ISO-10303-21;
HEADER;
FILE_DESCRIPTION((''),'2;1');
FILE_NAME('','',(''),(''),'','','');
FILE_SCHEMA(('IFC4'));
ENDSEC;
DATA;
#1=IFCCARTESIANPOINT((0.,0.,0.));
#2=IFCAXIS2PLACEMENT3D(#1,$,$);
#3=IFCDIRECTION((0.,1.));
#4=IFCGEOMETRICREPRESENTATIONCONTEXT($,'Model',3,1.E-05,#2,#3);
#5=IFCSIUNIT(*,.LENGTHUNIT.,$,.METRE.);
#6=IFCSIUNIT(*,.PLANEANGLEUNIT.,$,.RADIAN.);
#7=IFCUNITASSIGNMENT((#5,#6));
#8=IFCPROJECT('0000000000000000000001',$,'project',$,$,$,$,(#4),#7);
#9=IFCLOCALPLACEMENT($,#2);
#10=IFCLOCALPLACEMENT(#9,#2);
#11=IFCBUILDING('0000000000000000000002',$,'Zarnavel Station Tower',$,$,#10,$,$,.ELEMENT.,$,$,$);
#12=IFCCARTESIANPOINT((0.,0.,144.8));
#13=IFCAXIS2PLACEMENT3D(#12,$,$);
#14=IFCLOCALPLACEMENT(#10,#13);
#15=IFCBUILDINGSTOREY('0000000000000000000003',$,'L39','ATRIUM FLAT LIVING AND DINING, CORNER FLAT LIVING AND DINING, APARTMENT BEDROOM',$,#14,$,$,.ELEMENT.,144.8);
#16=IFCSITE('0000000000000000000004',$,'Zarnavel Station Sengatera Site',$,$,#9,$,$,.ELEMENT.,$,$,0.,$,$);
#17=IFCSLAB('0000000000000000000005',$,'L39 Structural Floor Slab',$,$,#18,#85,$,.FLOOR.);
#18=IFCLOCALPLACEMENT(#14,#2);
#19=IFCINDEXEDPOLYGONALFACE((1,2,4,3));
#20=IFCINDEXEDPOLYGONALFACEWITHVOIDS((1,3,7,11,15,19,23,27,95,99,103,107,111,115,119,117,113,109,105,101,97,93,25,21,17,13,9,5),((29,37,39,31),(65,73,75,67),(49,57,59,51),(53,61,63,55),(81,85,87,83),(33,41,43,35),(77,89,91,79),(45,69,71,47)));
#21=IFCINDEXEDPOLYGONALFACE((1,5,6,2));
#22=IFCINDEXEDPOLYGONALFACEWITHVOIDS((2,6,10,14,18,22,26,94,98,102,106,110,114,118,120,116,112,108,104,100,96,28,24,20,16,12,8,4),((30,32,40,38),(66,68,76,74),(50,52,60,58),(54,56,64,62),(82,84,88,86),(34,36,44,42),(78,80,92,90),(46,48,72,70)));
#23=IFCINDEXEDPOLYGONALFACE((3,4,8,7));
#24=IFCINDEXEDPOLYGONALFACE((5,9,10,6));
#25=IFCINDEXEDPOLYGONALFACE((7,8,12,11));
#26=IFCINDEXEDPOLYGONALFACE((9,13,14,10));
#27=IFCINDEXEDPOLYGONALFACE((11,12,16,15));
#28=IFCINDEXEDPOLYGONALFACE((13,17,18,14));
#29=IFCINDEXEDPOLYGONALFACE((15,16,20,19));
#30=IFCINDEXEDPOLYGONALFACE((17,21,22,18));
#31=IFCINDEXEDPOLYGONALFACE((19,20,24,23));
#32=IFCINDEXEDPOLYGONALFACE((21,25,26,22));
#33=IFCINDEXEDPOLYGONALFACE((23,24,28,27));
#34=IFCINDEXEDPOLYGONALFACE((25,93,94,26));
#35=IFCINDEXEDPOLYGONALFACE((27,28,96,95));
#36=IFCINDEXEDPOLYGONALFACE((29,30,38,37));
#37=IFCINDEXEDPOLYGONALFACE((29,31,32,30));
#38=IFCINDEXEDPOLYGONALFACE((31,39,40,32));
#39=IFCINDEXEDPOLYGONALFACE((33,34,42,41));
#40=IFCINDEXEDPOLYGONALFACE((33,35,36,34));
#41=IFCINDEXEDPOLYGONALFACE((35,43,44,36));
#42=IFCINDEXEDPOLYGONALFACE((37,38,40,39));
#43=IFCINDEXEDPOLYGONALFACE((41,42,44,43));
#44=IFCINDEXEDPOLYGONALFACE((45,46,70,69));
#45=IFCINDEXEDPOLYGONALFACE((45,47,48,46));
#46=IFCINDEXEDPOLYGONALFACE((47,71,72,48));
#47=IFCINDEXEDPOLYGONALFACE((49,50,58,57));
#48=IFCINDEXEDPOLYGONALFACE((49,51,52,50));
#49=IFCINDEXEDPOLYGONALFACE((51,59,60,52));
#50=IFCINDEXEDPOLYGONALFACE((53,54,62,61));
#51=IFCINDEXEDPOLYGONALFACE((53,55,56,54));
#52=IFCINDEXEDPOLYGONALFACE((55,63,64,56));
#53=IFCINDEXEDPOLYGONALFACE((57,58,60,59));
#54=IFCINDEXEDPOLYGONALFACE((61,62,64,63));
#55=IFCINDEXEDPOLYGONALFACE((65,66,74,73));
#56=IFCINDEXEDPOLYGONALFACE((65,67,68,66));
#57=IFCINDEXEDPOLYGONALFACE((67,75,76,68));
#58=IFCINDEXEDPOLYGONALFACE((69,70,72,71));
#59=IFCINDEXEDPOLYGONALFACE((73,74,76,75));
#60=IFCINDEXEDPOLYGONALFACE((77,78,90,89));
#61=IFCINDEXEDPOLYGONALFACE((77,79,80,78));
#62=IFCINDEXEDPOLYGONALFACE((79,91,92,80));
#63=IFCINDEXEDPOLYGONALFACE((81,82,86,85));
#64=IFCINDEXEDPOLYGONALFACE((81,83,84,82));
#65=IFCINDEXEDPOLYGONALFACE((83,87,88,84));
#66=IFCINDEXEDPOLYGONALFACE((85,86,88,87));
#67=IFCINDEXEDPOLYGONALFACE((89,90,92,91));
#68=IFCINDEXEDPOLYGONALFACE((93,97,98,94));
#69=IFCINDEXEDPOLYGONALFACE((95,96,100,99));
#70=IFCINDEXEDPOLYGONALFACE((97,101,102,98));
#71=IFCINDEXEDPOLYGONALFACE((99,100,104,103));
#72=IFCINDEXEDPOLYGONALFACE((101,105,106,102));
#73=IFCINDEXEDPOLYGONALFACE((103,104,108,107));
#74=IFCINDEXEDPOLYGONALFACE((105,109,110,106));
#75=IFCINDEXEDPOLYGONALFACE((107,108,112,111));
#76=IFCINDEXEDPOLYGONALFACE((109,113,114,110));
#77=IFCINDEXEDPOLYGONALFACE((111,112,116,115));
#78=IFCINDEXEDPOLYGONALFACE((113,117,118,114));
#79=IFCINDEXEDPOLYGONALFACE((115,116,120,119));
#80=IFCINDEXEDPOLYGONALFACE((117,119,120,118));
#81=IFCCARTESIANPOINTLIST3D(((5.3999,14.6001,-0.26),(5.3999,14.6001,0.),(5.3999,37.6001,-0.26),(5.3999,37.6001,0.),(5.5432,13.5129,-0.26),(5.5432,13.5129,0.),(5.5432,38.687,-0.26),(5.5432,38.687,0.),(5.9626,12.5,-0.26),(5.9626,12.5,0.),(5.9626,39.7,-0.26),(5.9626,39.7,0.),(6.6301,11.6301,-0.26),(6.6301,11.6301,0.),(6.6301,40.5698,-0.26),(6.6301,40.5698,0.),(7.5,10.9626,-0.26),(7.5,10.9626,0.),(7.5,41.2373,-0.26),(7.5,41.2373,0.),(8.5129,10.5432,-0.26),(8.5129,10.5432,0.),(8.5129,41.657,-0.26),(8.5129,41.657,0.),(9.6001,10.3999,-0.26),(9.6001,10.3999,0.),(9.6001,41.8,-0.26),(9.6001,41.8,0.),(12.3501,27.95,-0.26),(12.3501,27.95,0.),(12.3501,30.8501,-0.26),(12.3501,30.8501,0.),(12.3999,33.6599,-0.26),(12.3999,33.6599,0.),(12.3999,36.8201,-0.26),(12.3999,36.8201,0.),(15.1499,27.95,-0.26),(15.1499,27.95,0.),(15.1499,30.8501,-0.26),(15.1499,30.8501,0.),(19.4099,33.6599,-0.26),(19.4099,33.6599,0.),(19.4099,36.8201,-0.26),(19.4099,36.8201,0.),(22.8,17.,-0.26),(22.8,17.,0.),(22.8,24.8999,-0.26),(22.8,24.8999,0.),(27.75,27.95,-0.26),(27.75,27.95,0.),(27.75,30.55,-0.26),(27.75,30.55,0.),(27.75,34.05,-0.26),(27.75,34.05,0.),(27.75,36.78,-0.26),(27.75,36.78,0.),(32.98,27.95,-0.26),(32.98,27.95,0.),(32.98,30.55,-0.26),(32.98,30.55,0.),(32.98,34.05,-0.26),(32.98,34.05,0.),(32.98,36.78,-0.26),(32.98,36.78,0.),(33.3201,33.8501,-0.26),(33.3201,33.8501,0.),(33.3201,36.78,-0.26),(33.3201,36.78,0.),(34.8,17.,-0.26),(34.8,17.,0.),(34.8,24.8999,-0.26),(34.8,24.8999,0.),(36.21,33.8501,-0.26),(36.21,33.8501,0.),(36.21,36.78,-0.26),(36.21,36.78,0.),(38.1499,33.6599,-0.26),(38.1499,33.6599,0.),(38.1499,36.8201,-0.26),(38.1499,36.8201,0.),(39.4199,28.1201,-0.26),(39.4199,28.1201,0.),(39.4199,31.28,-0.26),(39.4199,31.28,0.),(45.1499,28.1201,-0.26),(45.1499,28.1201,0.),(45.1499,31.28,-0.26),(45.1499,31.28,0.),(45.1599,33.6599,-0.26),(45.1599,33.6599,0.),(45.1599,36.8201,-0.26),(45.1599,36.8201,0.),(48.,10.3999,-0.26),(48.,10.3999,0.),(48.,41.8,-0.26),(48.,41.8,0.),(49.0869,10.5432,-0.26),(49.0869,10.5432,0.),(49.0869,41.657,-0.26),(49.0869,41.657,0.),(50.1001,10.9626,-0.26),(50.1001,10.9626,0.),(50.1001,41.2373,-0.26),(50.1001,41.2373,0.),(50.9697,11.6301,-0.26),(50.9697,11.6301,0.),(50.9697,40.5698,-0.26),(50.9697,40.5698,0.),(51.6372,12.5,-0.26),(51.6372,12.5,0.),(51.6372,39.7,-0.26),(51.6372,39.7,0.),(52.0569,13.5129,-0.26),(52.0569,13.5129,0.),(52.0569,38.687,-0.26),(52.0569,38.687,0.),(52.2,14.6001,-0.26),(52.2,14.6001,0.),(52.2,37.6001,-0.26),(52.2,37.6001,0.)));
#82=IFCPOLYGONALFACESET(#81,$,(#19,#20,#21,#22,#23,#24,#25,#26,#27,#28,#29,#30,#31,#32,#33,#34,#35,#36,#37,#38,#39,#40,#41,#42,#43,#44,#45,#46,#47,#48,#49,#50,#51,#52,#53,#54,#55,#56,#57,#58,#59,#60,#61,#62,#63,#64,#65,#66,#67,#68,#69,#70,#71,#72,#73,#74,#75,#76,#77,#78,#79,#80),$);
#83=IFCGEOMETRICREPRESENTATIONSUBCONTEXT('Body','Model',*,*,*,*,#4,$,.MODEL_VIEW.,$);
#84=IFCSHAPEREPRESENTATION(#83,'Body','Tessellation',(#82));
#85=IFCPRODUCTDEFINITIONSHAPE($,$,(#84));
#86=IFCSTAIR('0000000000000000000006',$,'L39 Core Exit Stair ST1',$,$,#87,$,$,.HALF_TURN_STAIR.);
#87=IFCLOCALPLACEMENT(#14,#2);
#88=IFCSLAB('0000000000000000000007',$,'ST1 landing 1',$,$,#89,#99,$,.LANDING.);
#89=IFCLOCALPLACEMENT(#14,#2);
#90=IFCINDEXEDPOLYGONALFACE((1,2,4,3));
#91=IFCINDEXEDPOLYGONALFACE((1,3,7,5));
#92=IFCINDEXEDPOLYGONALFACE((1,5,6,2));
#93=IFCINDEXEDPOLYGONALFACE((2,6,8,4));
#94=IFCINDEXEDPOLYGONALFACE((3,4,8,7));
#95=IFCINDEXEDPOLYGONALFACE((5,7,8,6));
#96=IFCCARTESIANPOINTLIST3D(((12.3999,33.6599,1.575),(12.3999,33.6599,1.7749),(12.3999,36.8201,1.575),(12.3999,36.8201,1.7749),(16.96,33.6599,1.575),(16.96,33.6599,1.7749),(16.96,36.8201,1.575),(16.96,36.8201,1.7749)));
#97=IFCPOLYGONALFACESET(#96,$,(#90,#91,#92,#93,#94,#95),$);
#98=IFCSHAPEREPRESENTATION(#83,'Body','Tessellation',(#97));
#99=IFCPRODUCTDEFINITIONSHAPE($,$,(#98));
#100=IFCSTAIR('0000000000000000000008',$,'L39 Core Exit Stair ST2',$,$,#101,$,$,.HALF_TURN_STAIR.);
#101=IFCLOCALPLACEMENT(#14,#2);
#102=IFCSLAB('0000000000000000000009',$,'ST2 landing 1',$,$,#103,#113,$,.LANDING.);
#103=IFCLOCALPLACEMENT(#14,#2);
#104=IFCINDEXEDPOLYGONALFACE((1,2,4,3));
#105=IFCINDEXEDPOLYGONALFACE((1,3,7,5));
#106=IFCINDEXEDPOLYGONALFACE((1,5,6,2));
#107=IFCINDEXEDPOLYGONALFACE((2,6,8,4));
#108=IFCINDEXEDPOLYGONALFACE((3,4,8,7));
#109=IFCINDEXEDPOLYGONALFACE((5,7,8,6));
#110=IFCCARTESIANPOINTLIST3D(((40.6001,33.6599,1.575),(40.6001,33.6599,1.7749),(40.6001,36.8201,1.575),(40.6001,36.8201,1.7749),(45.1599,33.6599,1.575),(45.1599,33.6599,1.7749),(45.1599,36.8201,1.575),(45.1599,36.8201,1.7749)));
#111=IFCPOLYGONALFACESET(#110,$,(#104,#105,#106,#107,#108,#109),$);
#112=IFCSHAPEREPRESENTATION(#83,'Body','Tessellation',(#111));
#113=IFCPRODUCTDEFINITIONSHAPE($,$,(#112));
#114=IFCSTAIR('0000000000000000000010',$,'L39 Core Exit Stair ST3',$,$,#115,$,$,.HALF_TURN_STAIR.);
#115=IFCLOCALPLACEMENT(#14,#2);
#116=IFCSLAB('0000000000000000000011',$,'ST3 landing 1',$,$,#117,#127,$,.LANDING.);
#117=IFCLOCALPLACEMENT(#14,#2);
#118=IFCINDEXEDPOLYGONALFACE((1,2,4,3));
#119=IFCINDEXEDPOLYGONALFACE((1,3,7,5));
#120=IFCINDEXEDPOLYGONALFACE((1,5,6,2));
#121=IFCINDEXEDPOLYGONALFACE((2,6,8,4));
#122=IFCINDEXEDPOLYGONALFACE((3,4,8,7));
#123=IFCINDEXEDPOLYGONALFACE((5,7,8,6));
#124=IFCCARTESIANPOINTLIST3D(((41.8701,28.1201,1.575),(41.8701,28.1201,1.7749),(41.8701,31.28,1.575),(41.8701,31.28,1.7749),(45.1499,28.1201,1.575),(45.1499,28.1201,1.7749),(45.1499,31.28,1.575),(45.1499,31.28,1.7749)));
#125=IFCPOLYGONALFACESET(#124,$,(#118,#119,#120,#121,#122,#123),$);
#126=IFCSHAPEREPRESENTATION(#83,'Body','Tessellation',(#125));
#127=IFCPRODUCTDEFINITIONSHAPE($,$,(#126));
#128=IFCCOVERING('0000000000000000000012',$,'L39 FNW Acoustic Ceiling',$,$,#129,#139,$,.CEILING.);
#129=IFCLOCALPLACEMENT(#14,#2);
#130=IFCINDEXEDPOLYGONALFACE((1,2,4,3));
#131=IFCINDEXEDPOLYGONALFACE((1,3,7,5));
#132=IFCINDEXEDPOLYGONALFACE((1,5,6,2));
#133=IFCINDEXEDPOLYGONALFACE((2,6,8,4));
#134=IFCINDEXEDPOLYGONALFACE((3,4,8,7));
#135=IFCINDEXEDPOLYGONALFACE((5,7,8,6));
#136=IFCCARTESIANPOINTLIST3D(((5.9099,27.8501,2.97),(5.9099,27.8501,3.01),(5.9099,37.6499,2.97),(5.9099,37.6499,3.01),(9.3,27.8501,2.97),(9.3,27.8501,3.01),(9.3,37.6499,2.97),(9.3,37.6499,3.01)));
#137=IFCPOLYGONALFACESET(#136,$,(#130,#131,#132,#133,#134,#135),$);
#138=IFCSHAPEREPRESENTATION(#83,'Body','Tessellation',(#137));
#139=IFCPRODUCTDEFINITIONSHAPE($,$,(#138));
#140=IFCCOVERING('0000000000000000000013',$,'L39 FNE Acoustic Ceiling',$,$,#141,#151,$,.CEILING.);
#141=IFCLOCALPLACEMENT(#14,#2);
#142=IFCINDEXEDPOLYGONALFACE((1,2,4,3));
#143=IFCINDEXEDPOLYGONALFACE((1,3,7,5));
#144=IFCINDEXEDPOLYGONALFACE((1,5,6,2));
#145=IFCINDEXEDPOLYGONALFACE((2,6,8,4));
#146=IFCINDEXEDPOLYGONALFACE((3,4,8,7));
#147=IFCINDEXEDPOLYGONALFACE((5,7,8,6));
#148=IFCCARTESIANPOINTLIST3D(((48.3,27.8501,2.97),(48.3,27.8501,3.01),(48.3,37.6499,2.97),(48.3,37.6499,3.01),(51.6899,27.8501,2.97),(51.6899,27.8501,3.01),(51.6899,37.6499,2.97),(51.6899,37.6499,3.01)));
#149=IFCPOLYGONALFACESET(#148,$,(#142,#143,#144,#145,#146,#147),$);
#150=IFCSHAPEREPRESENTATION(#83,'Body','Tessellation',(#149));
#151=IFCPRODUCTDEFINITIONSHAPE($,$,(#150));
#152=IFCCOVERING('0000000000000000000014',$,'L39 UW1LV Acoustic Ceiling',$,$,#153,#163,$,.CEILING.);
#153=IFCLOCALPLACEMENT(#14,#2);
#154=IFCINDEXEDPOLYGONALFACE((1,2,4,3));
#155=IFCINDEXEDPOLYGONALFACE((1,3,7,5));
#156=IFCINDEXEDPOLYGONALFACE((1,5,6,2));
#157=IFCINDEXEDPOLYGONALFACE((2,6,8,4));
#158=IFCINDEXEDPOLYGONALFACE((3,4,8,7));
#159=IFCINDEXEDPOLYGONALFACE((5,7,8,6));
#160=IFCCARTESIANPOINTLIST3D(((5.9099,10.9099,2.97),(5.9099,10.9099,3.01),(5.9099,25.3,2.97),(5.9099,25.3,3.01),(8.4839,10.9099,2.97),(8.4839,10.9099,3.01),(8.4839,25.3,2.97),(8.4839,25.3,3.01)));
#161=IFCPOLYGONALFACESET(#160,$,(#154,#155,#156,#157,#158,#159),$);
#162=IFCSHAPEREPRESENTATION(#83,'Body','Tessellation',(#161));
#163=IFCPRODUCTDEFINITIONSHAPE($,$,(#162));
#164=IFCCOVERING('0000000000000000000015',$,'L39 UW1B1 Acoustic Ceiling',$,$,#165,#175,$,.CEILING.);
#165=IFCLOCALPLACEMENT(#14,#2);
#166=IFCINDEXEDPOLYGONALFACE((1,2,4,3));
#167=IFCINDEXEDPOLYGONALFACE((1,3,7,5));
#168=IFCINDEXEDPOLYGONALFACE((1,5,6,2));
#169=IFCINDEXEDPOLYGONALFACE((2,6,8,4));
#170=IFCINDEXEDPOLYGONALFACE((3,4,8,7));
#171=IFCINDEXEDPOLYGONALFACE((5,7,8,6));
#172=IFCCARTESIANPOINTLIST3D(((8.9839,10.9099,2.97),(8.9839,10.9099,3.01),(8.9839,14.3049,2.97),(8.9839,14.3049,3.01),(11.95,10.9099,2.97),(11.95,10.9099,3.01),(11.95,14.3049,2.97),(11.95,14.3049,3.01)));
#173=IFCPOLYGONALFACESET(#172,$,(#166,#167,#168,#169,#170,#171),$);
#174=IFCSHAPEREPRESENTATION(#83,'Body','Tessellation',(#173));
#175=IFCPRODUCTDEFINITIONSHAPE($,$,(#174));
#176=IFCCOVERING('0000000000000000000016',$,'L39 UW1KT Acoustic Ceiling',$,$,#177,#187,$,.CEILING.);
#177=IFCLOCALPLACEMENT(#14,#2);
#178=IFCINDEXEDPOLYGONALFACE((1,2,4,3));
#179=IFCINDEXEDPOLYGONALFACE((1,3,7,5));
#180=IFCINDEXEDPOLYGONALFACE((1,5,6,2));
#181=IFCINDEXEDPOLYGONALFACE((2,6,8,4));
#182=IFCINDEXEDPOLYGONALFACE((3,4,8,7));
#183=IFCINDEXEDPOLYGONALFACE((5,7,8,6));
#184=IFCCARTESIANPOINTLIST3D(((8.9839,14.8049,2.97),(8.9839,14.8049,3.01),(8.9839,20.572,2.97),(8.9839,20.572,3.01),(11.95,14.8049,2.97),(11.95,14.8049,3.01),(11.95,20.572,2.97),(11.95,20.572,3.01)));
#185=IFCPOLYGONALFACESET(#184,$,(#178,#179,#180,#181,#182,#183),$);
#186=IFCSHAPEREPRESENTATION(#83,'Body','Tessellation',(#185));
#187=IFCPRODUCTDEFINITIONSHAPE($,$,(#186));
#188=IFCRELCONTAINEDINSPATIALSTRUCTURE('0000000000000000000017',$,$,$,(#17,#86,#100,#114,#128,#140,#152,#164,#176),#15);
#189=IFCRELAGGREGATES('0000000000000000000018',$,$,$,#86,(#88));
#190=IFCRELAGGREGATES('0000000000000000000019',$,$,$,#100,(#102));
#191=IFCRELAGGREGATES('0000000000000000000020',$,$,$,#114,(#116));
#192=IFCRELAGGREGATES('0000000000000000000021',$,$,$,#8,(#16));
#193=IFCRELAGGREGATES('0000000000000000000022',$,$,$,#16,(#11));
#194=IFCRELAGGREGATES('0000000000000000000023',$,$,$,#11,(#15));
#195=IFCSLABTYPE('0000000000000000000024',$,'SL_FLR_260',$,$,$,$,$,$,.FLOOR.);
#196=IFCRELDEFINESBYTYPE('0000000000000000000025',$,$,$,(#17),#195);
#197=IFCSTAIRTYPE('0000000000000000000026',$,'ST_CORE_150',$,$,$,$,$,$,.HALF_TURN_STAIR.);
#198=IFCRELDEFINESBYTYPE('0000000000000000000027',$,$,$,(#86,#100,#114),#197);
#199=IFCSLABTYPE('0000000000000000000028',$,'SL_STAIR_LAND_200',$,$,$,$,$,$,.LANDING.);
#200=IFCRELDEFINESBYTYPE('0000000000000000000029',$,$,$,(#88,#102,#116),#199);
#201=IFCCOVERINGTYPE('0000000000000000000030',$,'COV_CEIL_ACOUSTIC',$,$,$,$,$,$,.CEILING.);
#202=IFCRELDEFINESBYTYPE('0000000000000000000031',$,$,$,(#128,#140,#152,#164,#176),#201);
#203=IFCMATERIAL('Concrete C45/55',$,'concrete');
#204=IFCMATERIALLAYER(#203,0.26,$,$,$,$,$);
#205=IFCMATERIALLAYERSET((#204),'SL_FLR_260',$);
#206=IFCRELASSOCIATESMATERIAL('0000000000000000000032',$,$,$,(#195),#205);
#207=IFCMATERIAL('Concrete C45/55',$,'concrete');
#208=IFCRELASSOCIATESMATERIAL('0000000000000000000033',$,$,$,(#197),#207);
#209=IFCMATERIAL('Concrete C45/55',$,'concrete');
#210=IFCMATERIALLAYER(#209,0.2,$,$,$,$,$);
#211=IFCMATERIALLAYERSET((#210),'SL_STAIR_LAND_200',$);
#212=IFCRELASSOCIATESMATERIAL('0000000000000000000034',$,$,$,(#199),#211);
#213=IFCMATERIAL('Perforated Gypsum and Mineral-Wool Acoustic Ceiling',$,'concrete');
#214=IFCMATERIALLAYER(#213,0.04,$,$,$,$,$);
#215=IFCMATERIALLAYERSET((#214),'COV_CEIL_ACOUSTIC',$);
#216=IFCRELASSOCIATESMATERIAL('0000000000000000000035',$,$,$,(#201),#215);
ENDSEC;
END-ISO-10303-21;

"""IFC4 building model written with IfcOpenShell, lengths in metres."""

from ifc_helpers import new_model, si_unit, direction, frame, origin, place, context, subcontext, project, spatial, polyline, outline, extrude, material, layer, layer_set, type_object, element, aggregate, save


model = new_model("IFC4")

# Units and contexts
model_context = context("Model", 3, precision=1e-05, world=origin(), true_north=direction((0.0, 1.0)))
body_context = subcontext(model_context, "Body", "Model", "MODEL_VIEW")
ifc_project = project(units=[si_unit("LENGTHUNIT", "METRE"), si_unit("PLANEANGLEUNIT", "RADIAN")], contexts=[model_context])

# Site, building, storey
site_placement = place(None, origin())
site = spatial("IfcSite", under=ifc_project, at=site_placement, Name="Zarnavel Station Sengatera Site", CompositionType="ELEMENT", RefElevation=0.0)
building_placement = place(site_placement, origin())
building = spatial("IfcBuilding", under=site, at=building_placement, Name="Zarnavel Station Tower", CompositionType="ELEMENT")
storey_placement = place(building_placement, frame((0.0, 0.0, 144.8)))
storey = spatial("IfcBuildingStorey", under=building, at=storey_placement, Name="L39", Description="ATRIUM FLAT LIVING AND DINING, CORNER FLAT LIVING AND DINING, APARTMENT BEDROOM", CompositionType="ELEMENT", Elevation=144.8)

# Slab
ifc_material_1 = material(Name="Concrete C45/55", Category="concrete")
ifc_layer_1 = layer(ifc_material_1, 0.26)
ifc_layer_set_1 = layer_set([ifc_layer_1], Name="SL_FLR_260")
slab_type_1 = type_object("IfcSlabType", Name="SL_FLR_260", PredefinedType="FLOOR", material=ifc_layer_set_1)
slab_1_placement = place(storey_placement, frame((0.0, 0.0, -0.26)))
element("IfcSlab", 1, at=slab_1_placement, inside=storey, type_object=slab_type_1, Name="L39 Structural Floor Slab", PredefinedType="FLOOR", context=body_context, shape_type="SweptSolid", body=[
    extrude(outline(polyline([(48.0, 10.3999), (49.0869, 10.5432), (50.1001, 10.9626), (50.9697, 11.6301), (51.6372, 12.5), (52.0569, 13.5129), (52.2, 14.6001), (52.2, 37.6001), (52.0569, 38.687), (51.6372, 39.7), (50.9697, 40.5698), (50.1001, 41.2373), (49.0869, 41.657), (48.0, 41.8), (9.6001, 41.8), (8.5129, 41.657), (7.5, 41.2373), (6.6301, 40.5698), (5.9626, 39.7), (5.5432, 38.687), (5.3999, 37.6001), (5.3999, 14.6001), (5.5432, 13.5129), (5.9626, 12.5), (6.6301, 11.6301), (7.5, 10.9626), (8.5129, 10.5432), (9.6001, 10.3999), (48.0, 10.3999)]), holes=[polyline([(12.3999, 33.6599), (19.4099, 33.6599), (19.4099, 36.8201), (12.3999, 36.8201), (12.3999, 33.6599)]), polyline([(38.1499, 33.6599), (45.1599, 33.6599), (45.1599, 36.8201), (38.1499, 36.8201), (38.1499, 33.6599)]), polyline([(39.4199, 28.1201), (45.1499, 28.1201), (45.1499, 31.28), (39.4199, 31.28), (39.4199, 28.1201)]), polyline([(12.3501, 27.95), (15.1499, 27.95), (15.1499, 30.8501), (12.3501, 30.8501), (12.3501, 27.95)]), polyline([(33.3201, 33.8501), (36.21, 33.8501), (36.21, 36.78), (33.3201, 36.78), (33.3201, 33.8501)]), polyline([(27.75, 34.05), (32.98, 34.05), (32.98, 36.78), (27.75, 36.78), (27.75, 34.05)]), polyline([(27.75, 27.95), (32.98, 27.95), (32.98, 30.55), (27.75, 30.55), (27.75, 27.95)]), polyline([(22.8, 17.0), (34.8, 17.0), (34.8, 24.8999), (22.8, 24.8999), (22.8, 17.0)])]), origin(), (0.0, 0.0, 1.0), 0.26),
])

# Stairs, slabs
ifc_material_2 = material(Name="Concrete C45/55", Category="concrete")
stair_type = type_object("IfcStairType", Name="ST_CORE_150", PredefinedType="HALF_TURN_STAIR", material=ifc_material_2)
stair_1_placement = place(storey_placement, origin())
stair_1 = element("IfcStair", 2, at=stair_1_placement, inside=storey, type_object=stair_type, Name="L39 Core Exit Stair ST1", PredefinedType="HALF_TURN_STAIR")
ifc_material_3 = material(Name="Concrete C45/55", Category="concrete")
ifc_layer_2 = layer(ifc_material_3, 0.2)
ifc_layer_set_2 = layer_set([ifc_layer_2], Name="SL_STAIR_LAND_200")
slab_type_2 = type_object("IfcSlabType", Name="SL_STAIR_LAND_200", PredefinedType="LANDING", material=ifc_layer_set_2)
slab_2_placement = place(storey_placement, frame((0.0, 0.0, 1.575)))
slab_2 = element("IfcSlab", 3, at=slab_2_placement, type_object=slab_type_2, Name="ST1 landing 1", PredefinedType="LANDING", context=body_context, shape_type="SweptSolid", body=[
    extrude(outline(polyline([(16.96, 36.8201), (12.3999, 36.8201), (12.3999, 33.6599), (16.96, 33.6599), (16.96, 36.8201)])), origin(), (0.0, 0.0, 1.0), 0.2),
])
aggregate(stair_1, [slab_2])
stair_2_placement = place(storey_placement, origin())
stair_2 = element("IfcStair", 4, at=stair_2_placement, inside=storey, type_object=stair_type, Name="L39 Core Exit Stair ST2", PredefinedType="HALF_TURN_STAIR")
slab_3_placement = place(storey_placement, frame((0.0, 0.0, 1.575)))
slab_3 = element("IfcSlab", 5, at=slab_3_placement, type_object=slab_type_2, Name="ST2 landing 1", PredefinedType="LANDING", context=body_context, shape_type="SweptSolid", body=[
    extrude(outline(polyline([(40.6001, 33.6599), (45.1599, 33.6599), (45.1599, 36.8201), (40.6001, 36.8201), (40.6001, 33.6599)])), origin(), (0.0, 0.0, 1.0), 0.2),
])
aggregate(stair_2, [slab_3])
stair_3_placement = place(storey_placement, origin())
stair_3 = element("IfcStair", 6, at=stair_3_placement, inside=storey, type_object=stair_type, Name="L39 Core Exit Stair ST3", PredefinedType="HALF_TURN_STAIR")
slab_4_placement = place(storey_placement, frame((0.0, 0.0, 1.575)))
slab_4 = element("IfcSlab", 7, at=slab_4_placement, type_object=slab_type_2, Name="ST3 landing 1", PredefinedType="LANDING", context=body_context, shape_type="SweptSolid", body=[
    extrude(outline(polyline([(41.8701, 28.1201), (45.1499, 28.1201), (45.1499, 31.28), (41.8701, 31.28), (41.8701, 28.1201)])), origin(), (0.0, 0.0, 1.0), 0.2),
])
aggregate(stair_3, [slab_4])

# Coverings
ifc_material_4 = material(Name="Perforated Gypsum and Mineral-Wool Acoustic Ceiling", Category="concrete")
ifc_layer_3 = layer(ifc_material_4, 0.04)
ifc_layer_set_3 = layer_set([ifc_layer_3], Name="COV_CEIL_ACOUSTIC")
covering_type_1 = type_object("IfcCoveringType", Name="COV_CEIL_ACOUSTIC", PredefinedType="CEILING", material=ifc_layer_set_3)
covering_1_placement = place(storey_placement, frame((0.0, 0.0, 2.97)))
element("IfcCovering", 8, at=covering_1_placement, inside=storey, type_object=covering_type_1, Name="L39 FNW Acoustic Ceiling", PredefinedType="CEILING", context=body_context, shape_type="SweptSolid", body=[
    extrude(outline(polyline([(5.9099, 27.8501), (9.3, 27.8501), (9.3, 37.6499), (5.9099, 37.6499), (5.9099, 27.8501)])), origin(), (0.0, 0.0, 1.0), 0.04),
])
covering_2_placement = place(storey_placement, frame((0.0, 0.0, 2.97)))
element("IfcCovering", 9, at=covering_2_placement, inside=storey, type_object=covering_type_1, Name="L39 FNE Acoustic Ceiling", PredefinedType="CEILING", context=body_context, shape_type="SweptSolid", body=[
    extrude(outline(polyline([(48.3, 27.8501), (51.6899, 27.8501), (51.6899, 37.6499), (48.3, 37.6499), (48.3, 27.8501)])), origin(), (0.0, 0.0, 1.0), 0.04),
])
covering_3_placement = place(storey_placement, frame((0.0, 0.0, 2.97)))
element("IfcCovering", 10, at=covering_3_placement, inside=storey, type_object=covering_type_1, Name="L39 UW1LV Acoustic Ceiling", PredefinedType="CEILING", context=body_context, shape_type="SweptSolid", body=[
    extrude(outline(polyline([(5.9099, 10.9099), (8.4839, 10.9099), (8.4839, 25.3), (5.9099, 25.3), (5.9099, 10.9099)])), origin(), (0.0, 0.0, 1.0), 0.04),
])
covering_4_placement = place(storey_placement, frame((0.0, 0.0, 2.97)))
element("IfcCovering", 11, at=covering_4_placement, inside=storey, type_object=covering_type_1, Name="L39 UW1B1 Acoustic Ceiling", PredefinedType="CEILING", context=body_context, shape_type="SweptSolid", body=[
    extrude(outline(polyline([(8.9839, 10.9099), (11.95, 10.9099), (11.95, 14.3049), (8.9839, 14.3049), (8.9839, 10.9099)])), origin(), (0.0, 0.0, 1.0), 0.04),
])
covering_5_placement = place(storey_placement, frame((0.0, 0.0, 2.97)))
element("IfcCovering", 12, at=covering_5_placement, inside=storey, type_object=covering_type_1, Name="L39 UW1KT Acoustic Ceiling", PredefinedType="CEILING", context=body_context, shape_type="SweptSolid", body=[
    extrude(outline(polyline([(8.9839, 14.8049), (11.95, 14.8049), (11.95, 20.572), (8.9839, 20.572), (8.9839, 14.8049)])), origin(), (0.0, 0.0, 1.0), 0.04),
])

save(model, "model.ifc")
